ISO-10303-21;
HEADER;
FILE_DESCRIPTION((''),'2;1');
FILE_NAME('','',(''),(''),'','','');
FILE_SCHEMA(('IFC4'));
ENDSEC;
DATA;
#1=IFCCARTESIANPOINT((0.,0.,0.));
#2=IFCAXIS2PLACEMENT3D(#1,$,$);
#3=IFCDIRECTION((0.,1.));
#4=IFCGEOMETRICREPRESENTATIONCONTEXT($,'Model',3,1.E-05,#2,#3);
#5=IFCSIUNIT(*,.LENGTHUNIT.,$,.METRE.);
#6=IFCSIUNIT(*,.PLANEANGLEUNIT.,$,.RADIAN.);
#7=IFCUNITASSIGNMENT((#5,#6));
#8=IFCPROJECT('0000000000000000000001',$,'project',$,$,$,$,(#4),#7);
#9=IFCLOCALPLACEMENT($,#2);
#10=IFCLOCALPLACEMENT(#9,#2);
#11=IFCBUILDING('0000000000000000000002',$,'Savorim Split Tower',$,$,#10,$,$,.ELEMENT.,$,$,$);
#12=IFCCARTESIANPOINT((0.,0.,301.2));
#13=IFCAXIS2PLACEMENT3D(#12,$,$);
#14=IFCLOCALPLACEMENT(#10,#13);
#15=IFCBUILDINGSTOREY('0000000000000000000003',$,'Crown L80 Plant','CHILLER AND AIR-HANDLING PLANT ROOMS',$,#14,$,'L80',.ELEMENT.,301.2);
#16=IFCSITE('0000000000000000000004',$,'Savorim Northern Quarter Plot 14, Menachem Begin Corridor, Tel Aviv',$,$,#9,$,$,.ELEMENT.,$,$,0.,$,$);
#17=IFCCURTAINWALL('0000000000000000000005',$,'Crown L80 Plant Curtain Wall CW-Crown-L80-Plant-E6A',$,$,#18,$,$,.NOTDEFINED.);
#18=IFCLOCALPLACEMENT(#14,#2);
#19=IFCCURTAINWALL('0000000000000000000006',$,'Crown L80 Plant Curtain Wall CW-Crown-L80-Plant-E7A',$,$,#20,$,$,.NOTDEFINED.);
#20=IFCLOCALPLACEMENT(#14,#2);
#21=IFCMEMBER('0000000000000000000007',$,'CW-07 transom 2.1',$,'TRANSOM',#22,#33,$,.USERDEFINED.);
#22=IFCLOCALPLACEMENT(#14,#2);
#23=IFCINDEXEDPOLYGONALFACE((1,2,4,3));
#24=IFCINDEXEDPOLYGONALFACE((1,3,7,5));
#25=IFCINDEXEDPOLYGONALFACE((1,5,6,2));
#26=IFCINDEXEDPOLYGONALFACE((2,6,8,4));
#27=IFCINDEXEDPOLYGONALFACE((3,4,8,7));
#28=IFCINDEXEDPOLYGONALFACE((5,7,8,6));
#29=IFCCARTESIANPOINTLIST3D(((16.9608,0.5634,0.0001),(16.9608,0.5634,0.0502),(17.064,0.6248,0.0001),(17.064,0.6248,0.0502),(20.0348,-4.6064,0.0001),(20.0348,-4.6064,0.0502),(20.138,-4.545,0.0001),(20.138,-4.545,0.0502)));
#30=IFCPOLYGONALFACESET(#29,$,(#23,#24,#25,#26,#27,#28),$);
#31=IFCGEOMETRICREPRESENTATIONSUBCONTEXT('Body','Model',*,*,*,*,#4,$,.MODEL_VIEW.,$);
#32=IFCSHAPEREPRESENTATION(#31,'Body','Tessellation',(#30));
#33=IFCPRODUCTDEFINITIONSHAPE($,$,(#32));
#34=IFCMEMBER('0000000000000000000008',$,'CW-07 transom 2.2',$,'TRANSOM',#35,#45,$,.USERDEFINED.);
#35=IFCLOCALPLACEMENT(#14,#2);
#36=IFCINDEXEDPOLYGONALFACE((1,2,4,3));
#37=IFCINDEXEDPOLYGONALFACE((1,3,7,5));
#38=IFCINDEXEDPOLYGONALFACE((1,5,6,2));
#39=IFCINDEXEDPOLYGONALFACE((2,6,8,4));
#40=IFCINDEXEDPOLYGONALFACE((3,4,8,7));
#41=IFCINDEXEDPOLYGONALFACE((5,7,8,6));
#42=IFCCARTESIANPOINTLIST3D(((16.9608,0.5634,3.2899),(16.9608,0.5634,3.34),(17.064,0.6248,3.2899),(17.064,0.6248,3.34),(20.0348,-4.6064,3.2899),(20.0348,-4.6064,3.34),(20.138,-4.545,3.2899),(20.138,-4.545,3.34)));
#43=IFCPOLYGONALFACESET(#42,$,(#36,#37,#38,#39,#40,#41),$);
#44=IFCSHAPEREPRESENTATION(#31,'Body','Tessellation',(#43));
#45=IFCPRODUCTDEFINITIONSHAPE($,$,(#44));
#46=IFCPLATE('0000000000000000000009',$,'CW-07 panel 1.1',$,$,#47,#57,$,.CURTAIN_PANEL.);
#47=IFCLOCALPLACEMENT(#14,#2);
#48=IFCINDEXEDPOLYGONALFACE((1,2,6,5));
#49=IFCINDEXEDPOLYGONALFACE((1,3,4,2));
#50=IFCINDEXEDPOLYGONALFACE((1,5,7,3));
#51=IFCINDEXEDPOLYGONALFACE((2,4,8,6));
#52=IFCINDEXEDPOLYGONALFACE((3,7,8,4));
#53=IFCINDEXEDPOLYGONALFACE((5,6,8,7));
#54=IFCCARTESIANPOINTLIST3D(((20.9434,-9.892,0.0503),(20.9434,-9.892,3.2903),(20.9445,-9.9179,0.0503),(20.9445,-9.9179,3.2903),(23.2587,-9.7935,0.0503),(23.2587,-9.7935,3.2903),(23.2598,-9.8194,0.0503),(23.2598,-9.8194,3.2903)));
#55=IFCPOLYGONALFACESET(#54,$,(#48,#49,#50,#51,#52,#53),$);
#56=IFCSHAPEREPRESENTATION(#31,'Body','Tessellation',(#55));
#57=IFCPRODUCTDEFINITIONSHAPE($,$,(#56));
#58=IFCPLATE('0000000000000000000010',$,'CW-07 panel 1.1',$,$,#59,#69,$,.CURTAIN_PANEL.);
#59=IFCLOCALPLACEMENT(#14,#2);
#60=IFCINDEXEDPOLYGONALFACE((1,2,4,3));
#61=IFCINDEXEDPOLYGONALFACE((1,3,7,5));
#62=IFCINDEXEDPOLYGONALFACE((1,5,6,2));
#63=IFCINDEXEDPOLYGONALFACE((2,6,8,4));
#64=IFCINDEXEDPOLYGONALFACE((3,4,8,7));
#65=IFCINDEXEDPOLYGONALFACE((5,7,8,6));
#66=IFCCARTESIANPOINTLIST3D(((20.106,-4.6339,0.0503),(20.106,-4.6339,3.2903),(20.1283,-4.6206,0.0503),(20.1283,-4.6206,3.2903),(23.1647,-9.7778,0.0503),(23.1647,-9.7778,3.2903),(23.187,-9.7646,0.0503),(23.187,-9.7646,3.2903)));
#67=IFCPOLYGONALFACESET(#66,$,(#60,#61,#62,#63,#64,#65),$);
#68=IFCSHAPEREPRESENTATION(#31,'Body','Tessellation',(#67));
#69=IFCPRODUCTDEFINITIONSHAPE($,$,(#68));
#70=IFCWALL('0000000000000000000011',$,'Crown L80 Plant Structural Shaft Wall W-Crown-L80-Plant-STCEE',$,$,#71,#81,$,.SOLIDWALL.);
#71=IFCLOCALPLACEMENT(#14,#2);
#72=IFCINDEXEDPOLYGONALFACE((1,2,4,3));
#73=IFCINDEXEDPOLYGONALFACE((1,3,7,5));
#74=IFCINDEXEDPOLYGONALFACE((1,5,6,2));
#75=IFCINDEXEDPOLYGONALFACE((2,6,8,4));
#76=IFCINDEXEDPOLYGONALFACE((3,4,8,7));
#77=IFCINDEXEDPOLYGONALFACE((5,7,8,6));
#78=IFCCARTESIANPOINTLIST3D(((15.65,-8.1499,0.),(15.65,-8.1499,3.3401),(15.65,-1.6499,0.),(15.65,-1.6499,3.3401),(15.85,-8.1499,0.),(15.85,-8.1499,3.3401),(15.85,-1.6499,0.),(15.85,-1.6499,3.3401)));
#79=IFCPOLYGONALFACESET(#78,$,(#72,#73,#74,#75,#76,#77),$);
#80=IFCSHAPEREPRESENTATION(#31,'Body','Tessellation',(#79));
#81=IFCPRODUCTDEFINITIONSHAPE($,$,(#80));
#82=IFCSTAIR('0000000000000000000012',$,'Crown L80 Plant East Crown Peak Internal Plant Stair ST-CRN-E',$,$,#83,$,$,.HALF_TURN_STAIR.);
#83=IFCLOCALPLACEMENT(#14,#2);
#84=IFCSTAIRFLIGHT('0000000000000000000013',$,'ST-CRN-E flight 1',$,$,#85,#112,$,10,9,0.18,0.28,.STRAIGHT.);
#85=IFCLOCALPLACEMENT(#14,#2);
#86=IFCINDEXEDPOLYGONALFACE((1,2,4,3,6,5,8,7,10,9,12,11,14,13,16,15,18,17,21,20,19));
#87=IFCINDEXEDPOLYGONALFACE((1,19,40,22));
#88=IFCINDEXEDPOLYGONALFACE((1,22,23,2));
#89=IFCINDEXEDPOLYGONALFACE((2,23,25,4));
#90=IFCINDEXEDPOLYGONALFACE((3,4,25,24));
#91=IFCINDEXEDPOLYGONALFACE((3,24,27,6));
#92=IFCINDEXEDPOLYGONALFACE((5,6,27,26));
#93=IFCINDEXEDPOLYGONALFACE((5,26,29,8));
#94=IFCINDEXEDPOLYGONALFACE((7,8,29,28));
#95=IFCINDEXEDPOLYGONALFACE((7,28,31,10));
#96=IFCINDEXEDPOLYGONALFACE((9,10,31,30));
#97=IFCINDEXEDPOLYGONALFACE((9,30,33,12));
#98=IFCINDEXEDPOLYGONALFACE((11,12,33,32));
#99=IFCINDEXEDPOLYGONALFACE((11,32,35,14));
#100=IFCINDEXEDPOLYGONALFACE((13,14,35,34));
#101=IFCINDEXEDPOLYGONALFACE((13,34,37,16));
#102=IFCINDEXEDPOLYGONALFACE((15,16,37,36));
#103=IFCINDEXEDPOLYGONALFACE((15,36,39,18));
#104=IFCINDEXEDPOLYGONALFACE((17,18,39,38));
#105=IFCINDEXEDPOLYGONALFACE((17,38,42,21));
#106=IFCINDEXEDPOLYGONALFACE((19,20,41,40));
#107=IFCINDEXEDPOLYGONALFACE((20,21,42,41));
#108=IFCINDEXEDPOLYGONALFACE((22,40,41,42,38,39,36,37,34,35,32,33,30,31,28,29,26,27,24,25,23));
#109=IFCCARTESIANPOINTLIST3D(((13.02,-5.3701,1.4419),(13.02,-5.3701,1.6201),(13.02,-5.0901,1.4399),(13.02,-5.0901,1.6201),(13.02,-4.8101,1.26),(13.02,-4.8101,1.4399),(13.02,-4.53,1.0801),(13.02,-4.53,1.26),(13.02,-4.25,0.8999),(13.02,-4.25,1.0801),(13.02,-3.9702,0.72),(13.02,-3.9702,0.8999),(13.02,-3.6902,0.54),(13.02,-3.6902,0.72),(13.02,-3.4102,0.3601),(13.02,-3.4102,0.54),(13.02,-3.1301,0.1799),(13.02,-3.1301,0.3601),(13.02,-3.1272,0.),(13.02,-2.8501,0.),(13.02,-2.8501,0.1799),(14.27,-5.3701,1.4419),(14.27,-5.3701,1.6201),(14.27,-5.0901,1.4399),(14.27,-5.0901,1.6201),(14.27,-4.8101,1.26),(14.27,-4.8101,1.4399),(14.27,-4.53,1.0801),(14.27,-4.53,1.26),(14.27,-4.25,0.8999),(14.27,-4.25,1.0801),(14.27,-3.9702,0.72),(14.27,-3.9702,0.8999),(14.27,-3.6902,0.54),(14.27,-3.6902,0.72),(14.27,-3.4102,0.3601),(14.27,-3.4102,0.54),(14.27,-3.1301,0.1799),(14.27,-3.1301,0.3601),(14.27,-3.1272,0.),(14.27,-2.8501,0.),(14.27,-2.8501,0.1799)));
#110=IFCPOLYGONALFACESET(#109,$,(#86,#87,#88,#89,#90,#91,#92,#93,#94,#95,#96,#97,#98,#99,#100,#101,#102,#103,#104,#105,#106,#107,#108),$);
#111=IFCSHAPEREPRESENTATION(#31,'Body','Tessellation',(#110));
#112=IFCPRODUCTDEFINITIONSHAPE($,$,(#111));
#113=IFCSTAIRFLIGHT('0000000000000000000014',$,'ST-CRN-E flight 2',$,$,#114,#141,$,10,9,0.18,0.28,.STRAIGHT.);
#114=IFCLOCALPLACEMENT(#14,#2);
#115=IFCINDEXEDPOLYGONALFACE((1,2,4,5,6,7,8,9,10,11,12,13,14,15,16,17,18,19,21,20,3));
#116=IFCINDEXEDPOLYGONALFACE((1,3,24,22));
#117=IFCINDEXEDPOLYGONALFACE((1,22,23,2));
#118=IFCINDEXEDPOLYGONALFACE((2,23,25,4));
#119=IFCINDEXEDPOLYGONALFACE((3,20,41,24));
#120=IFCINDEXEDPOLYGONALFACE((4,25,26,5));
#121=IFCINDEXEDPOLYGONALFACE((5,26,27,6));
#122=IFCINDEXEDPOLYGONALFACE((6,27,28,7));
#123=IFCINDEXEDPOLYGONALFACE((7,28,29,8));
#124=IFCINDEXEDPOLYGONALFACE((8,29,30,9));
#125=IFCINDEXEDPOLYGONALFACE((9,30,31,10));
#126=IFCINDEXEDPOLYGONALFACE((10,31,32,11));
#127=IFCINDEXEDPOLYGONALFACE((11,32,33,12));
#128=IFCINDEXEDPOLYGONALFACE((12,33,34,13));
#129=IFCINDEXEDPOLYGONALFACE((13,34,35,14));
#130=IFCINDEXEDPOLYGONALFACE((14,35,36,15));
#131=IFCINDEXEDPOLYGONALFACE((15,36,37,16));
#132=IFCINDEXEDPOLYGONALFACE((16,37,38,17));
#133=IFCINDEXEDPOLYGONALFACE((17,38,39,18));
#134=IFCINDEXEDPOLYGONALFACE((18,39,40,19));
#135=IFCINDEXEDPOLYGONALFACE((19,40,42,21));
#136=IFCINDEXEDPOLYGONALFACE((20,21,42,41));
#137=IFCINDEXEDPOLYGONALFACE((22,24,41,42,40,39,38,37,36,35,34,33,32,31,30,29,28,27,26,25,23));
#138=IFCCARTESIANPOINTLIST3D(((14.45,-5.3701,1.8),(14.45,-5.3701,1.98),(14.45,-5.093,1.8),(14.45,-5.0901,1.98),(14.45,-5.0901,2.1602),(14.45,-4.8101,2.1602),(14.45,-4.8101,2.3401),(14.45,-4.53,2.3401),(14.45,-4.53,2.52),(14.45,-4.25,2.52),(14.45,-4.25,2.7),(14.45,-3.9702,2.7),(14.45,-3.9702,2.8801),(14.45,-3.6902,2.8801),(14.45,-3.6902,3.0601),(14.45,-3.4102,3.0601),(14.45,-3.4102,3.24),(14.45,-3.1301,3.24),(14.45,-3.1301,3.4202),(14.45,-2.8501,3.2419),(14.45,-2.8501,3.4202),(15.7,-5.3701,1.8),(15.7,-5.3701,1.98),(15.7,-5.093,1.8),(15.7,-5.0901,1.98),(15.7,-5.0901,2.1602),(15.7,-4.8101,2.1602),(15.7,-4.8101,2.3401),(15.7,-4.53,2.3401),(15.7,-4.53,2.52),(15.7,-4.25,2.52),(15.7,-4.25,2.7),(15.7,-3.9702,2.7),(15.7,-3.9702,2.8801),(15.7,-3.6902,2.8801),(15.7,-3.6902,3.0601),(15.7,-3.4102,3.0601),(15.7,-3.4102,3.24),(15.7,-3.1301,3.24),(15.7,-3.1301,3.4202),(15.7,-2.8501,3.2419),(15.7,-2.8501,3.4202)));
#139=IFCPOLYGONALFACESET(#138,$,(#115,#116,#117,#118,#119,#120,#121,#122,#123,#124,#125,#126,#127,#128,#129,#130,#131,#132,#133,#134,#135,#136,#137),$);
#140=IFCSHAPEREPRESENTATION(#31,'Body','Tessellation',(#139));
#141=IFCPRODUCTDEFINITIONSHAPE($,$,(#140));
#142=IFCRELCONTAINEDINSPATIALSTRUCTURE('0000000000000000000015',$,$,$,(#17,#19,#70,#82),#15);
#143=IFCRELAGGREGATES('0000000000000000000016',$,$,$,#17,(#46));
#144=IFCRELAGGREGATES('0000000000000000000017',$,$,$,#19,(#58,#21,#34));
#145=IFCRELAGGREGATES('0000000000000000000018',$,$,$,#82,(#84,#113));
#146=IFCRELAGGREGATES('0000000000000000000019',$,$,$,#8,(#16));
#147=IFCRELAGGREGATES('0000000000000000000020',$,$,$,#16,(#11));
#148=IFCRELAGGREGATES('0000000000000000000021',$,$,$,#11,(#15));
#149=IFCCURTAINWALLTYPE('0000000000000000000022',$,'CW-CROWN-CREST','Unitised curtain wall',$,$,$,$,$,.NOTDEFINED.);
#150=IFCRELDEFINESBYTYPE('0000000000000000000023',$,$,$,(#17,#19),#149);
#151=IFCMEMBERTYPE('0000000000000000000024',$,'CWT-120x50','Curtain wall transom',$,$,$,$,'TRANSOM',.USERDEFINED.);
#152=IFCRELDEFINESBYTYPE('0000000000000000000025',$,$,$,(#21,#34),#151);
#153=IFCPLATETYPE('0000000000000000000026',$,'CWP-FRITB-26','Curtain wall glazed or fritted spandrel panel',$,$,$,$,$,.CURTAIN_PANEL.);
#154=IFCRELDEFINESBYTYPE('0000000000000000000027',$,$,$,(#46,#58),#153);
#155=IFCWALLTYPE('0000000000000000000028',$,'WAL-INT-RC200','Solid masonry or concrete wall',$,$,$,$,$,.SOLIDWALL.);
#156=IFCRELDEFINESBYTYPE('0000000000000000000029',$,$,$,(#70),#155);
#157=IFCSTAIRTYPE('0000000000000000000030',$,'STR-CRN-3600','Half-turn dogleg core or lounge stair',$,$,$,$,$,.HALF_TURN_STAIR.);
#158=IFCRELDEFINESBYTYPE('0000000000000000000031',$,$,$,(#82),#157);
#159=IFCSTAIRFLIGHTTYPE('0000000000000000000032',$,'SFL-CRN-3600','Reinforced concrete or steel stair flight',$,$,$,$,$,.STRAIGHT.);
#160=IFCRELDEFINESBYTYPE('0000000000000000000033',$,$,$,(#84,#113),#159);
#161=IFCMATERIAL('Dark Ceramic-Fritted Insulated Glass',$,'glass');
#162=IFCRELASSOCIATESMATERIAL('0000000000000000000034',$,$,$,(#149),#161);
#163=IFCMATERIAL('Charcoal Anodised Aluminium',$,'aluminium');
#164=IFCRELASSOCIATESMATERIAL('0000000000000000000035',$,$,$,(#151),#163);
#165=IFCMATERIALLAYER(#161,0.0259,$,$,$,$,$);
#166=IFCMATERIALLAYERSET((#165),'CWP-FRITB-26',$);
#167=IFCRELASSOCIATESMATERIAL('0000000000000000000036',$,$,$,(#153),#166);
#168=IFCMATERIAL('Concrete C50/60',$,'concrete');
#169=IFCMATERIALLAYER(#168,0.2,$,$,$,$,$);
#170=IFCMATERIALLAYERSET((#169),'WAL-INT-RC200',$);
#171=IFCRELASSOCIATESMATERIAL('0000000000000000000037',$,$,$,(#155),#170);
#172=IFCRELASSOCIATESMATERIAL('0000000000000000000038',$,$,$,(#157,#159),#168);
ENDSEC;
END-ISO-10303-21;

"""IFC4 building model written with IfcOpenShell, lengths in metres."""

from ifc_helpers import new_model, si_unit, direction, frame, frame_2d, origin, origin_2d, place, context, subcontext, project, spatial, polyline, rectangle, outline, extrude, material, layer, layer_set, material_profile, profile_set, type_object, element, aggregate, save


model = new_model("IFC4")

# Units and contexts
model_context = context("Model", 3, precision=1e-05, world=origin(), true_north=direction((0.0, 1.0)))
body_context = subcontext(model_context, "Body", "Model", "MODEL_VIEW")
ifc_project = project(units=[si_unit("LENGTHUNIT", "METRE"), si_unit("PLANEANGLEUNIT", "RADIAN")], contexts=[model_context])

# Site, building, storey
site_placement = place(None, origin())
site = spatial("IfcSite", under=ifc_project, at=site_placement, Name="Savorim Northern Quarter Plot 14, Menachem Begin Corridor, Tel Aviv", CompositionType="ELEMENT", RefElevation=0.0)
building_placement = place(site_placement, origin())
building = spatial("IfcBuilding", under=site, at=building_placement, Name="Savorim Split Tower", CompositionType="ELEMENT")
storey_placement = place(building_placement, frame((0.0, 0.0, 301.2)))
storey = spatial("IfcBuildingStorey", under=building, at=storey_placement, Name="Crown L80 Plant", Description="CHILLER AND AIR-HANDLING PLANT ROOMS", LongName="L80", CompositionType="ELEMENT", Elevation=301.2)

# Curtain wall
ifc_material_1 = material(Name="Dark Ceramic-Fritted Insulated Glass", Category="glass")
curtain_wall_type = type_object("IfcCurtainWallType", Name="CW-CROWN-CREST", Description="Unitised curtain wall", PredefinedType="NOTDEFINED", material=ifc_material_1)
curtain_wall_1_placement = place(storey_placement, origin())
curtain_wall_1 = element("IfcCurtainWall", 1, at=curtain_wall_1_placement, inside=storey, type_object=curtain_wall_type, Name="Crown L80 Plant Curtain Wall CW-Crown-L80-Plant-E6A", PredefinedType="NOTDEFINED")
ifc_material_2 = material(Name="Charcoal Anodised Aluminium", Category="aluminium")

# Curtain wall
curtain_wall_2_placement = place(storey_placement, origin())
curtain_wall_2 = element("IfcCurtainWall", 2, at=curtain_wall_2_placement, inside=storey, type_object=curtain_wall_type, Name="Crown L80 Plant Curtain Wall CW-Crown-L80-Plant-E7A", PredefinedType="NOTDEFINED")

# Members
ifc_material_profile_1 = material_profile(ifc_material_2, rectangle(XDim=0.1201, YDim=0.05, at=origin_2d()), Name="ALU-T 120x50")
ifc_profile_set_1 = profile_set([ifc_material_profile_1], Name="Charcoal Anodised Aluminium")
member_type_1 = type_object("IfcMemberType", Name="CWT-120x50", Description="Curtain wall transom", ElementType="TRANSOM", PredefinedType="USERDEFINED", material=ifc_profile_set_1)
member_1_placement = place(storey_placement, frame((20.0864, -4.5757, 0.0251), z_axis=(-0.511089, 0.859528, 0.0), x_axis=(-0.859528, -0.511089, 0.0)))
member_1 = element("IfcMember", 3, at=member_1_placement, type_object=member_type_1, Name="CW-07 transom 2.1", ObjectType="TRANSOM", PredefinedType="USERDEFINED", context=body_context, shape_type="SweptSolid", body=[
    extrude(rectangle(XDim=0.1201, YDim=0.05, at=origin_2d()), origin(), (0.0, 0.0, 1.0), 6.0146),
])
member_2_placement = place(storey_placement, frame((20.0864, -4.5757, 3.3149), z_axis=(-0.511089, 0.859528, 0.0), x_axis=(-0.859528, -0.511089, 0.0)))
member_2 = element("IfcMember", 4, at=member_2_placement, type_object=member_type_1, Name="CW-07 transom 2.2", ObjectType="TRANSOM", PredefinedType="USERDEFINED", context=body_context, shape_type="SweptSolid", body=[
    extrude(rectangle(XDim=0.1201, YDim=0.05, at=origin_2d()), origin(), (0.0, 0.0, 1.0), 6.0146),
])

# Plates
ifc_layer_1 = layer(ifc_material_1, 0.0259)
ifc_layer_set_1 = layer_set([ifc_layer_1], Name="CWP-FRITB-26")
plate_type = type_object("IfcPlateType", Name="CWP-FRITB-26", Description="Curtain wall glazed or fritted spandrel panel", PredefinedType="CURTAIN_PANEL", material=ifc_layer_set_1)
plate_1_placement = place(storey_placement, frame((22.1016, -9.8557, 0.0503), z_axis=(0.0, 0.0, 1.0), x_axis=(0.999096, 0.042504, 0.0)))
plate_1 = element("IfcPlate", 5, at=plate_1_placement, type_object=plate_type, Name="CW-07 panel 1.1", PredefinedType="CURTAIN_PANEL", context=body_context, shape_type="SweptSolid", body=[
    extrude(rectangle(XDim=2.3174, YDim=0.0259, at=origin_2d()), origin(), (0.0, 0.0, 1.0), 3.24),
])
aggregate(curtain_wall_1, [plate_1])
plate_2_placement = place(storey_placement, frame((21.6465, -7.1992, 0.0503), z_axis=(0.0, 0.0, 1.0), x_axis=(-0.511095, 0.859524, 0.0)))
plate_2 = element("IfcPlate", 6, at=plate_2_placement, type_object=plate_type, Name="CW-07 panel 1.1", PredefinedType="CURTAIN_PANEL", context=body_context, shape_type="SweptSolid", body=[
    extrude(rectangle(XDim=5.9846, YDim=0.0259, at=origin_2d()), origin(), (0.0, 0.0, 1.0), 3.24),
])
aggregate(curtain_wall_2, [plate_2, member_1, member_2])

# Wall
ifc_material_3 = material(Name="Concrete C50/60", Category="concrete")
ifc_layer_2 = layer(ifc_material_3, 0.2)
ifc_layer_set_2 = layer_set([ifc_layer_2], Name="WAL-INT-RC200")
wall_type = type_object("IfcWallType", Name="WAL-INT-RC200", Description="Solid masonry or concrete wall", PredefinedType="SOLIDWALL", material=ifc_layer_set_2)
wall_placement = place(storey_placement, frame((15.75, -8.1499, 0.0), z_axis=(0.0, 0.0, 1.0), x_axis=(0.0, 1.0, 0.0)))
element("IfcWall", 7, at=wall_placement, inside=storey, type_object=wall_type, Name="Crown L80 Plant Structural Shaft Wall W-Crown-L80-Plant-STCEE", PredefinedType="SOLIDWALL", context=body_context, shape_type="SweptSolid", body=[
    extrude(rectangle(XDim=6.5, YDim=0.2, at=frame_2d((3.25, 0.0))), origin(), (0.0, 0.0, 1.0), 3.3401),
])

# Stair, stair flights
stair_type = type_object("IfcStairType", Name="STR-CRN-3600", Description="Half-turn dogleg core or lounge stair", PredefinedType="HALF_TURN_STAIR", material=ifc_material_3)
stair_placement = place(storey_placement, origin())
stair = element("IfcStair", 8, at=stair_placement, inside=storey, type_object=stair_type, Name="Crown L80 Plant East Crown Peak Internal Plant Stair ST-CRN-E", PredefinedType="HALF_TURN_STAIR")
stair_flight_type = type_object("IfcStairFlightType", Name="SFL-CRN-3600", Description="Reinforced concrete or steel stair flight", PredefinedType="STRAIGHT", material=ifc_material_3)
stair_flight_1_placement = place(storey_placement, frame((13.645, -2.8501, 0.0), z_axis=(0.0, 0.0, 1.0), x_axis=(0.0, -1.0, 0.0)))
stair_flight_1 = element("IfcStairFlight", 9, at=stair_flight_1_placement, type_object=stair_flight_type, Name="ST-CRN-E flight 1", NumberOfRisers=10, NumberOfTreads=9, PredefinedType="STRAIGHT", RiserHeight=0.18, TreadLength=0.28, context=body_context, shape_type="SweptSolid", body=[
    extrude(outline(polyline([(0.0, 0.0), (0.0, 0.1799), (0.28, 0.1799), (0.28, 0.3601), (0.5601, 0.3601), (0.5601, 0.54), (0.8401, 0.54), (0.8401, 0.72), (1.1201, 0.72), (1.1201, 0.8999), (1.3999, 0.8999), (1.3999, 1.0801), (1.6799, 1.0801), (1.6799, 1.26), (1.96, 1.26), (1.96, 1.4399), (2.24, 1.4399), (2.24, 1.6201), (2.52, 1.6201), (2.52, 1.8), (2.52, 1.4419), (0.2771, 0.0), (0.0, 0.0)])), frame((0.0, 0.625, 0.0), z_axis=(0.0, -1.0, 0.0), x_axis=(1.0, 0.0, 0.0)), (0.0, 0.0, 1.0), 1.25),
])
stair_flight_2_placement = place(storey_placement, frame((15.075, -5.3701, 1.8), z_axis=(0.0, 0.0, 1.0), x_axis=(0.0, 1.0, 0.0)))
stair_flight_2 = element("IfcStairFlight", 10, at=stair_flight_2_placement, type_object=stair_flight_type, Name="ST-CRN-E flight 2", NumberOfRisers=10, NumberOfTreads=9, PredefinedType="STRAIGHT", RiserHeight=0.18, TreadLength=0.28, context=body_context, shape_type="SweptSolid", body=[
    extrude(outline(polyline([(0.0, 0.0), (0.0, 0.1799), (0.28, 0.1799), (0.28, 0.3601), (0.5601, 0.3601), (0.5601, 0.54), (0.8401, 0.54), (0.8401, 0.72), (1.1201, 0.72), (1.1201, 0.8999), (1.3999, 0.8999), (1.3999, 1.0801), (1.6799, 1.0801), (1.6799, 1.26), (1.96, 1.26), (1.96, 1.4399), (2.24, 1.4399), (2.24, 1.6201), (2.52, 1.6201), (2.52, 1.8), (2.52, 1.4419), (0.2771, 0.0), (0.0, 0.0)])), frame((0.0, 0.625, 0.0), z_axis=(0.0, -1.0, 0.0), x_axis=(1.0, 0.0, 0.0)), (0.0, 0.0, 1.0), 1.25),
])
aggregate(stair, [stair_flight_1, stair_flight_2])

save(model, "model.ifc")
